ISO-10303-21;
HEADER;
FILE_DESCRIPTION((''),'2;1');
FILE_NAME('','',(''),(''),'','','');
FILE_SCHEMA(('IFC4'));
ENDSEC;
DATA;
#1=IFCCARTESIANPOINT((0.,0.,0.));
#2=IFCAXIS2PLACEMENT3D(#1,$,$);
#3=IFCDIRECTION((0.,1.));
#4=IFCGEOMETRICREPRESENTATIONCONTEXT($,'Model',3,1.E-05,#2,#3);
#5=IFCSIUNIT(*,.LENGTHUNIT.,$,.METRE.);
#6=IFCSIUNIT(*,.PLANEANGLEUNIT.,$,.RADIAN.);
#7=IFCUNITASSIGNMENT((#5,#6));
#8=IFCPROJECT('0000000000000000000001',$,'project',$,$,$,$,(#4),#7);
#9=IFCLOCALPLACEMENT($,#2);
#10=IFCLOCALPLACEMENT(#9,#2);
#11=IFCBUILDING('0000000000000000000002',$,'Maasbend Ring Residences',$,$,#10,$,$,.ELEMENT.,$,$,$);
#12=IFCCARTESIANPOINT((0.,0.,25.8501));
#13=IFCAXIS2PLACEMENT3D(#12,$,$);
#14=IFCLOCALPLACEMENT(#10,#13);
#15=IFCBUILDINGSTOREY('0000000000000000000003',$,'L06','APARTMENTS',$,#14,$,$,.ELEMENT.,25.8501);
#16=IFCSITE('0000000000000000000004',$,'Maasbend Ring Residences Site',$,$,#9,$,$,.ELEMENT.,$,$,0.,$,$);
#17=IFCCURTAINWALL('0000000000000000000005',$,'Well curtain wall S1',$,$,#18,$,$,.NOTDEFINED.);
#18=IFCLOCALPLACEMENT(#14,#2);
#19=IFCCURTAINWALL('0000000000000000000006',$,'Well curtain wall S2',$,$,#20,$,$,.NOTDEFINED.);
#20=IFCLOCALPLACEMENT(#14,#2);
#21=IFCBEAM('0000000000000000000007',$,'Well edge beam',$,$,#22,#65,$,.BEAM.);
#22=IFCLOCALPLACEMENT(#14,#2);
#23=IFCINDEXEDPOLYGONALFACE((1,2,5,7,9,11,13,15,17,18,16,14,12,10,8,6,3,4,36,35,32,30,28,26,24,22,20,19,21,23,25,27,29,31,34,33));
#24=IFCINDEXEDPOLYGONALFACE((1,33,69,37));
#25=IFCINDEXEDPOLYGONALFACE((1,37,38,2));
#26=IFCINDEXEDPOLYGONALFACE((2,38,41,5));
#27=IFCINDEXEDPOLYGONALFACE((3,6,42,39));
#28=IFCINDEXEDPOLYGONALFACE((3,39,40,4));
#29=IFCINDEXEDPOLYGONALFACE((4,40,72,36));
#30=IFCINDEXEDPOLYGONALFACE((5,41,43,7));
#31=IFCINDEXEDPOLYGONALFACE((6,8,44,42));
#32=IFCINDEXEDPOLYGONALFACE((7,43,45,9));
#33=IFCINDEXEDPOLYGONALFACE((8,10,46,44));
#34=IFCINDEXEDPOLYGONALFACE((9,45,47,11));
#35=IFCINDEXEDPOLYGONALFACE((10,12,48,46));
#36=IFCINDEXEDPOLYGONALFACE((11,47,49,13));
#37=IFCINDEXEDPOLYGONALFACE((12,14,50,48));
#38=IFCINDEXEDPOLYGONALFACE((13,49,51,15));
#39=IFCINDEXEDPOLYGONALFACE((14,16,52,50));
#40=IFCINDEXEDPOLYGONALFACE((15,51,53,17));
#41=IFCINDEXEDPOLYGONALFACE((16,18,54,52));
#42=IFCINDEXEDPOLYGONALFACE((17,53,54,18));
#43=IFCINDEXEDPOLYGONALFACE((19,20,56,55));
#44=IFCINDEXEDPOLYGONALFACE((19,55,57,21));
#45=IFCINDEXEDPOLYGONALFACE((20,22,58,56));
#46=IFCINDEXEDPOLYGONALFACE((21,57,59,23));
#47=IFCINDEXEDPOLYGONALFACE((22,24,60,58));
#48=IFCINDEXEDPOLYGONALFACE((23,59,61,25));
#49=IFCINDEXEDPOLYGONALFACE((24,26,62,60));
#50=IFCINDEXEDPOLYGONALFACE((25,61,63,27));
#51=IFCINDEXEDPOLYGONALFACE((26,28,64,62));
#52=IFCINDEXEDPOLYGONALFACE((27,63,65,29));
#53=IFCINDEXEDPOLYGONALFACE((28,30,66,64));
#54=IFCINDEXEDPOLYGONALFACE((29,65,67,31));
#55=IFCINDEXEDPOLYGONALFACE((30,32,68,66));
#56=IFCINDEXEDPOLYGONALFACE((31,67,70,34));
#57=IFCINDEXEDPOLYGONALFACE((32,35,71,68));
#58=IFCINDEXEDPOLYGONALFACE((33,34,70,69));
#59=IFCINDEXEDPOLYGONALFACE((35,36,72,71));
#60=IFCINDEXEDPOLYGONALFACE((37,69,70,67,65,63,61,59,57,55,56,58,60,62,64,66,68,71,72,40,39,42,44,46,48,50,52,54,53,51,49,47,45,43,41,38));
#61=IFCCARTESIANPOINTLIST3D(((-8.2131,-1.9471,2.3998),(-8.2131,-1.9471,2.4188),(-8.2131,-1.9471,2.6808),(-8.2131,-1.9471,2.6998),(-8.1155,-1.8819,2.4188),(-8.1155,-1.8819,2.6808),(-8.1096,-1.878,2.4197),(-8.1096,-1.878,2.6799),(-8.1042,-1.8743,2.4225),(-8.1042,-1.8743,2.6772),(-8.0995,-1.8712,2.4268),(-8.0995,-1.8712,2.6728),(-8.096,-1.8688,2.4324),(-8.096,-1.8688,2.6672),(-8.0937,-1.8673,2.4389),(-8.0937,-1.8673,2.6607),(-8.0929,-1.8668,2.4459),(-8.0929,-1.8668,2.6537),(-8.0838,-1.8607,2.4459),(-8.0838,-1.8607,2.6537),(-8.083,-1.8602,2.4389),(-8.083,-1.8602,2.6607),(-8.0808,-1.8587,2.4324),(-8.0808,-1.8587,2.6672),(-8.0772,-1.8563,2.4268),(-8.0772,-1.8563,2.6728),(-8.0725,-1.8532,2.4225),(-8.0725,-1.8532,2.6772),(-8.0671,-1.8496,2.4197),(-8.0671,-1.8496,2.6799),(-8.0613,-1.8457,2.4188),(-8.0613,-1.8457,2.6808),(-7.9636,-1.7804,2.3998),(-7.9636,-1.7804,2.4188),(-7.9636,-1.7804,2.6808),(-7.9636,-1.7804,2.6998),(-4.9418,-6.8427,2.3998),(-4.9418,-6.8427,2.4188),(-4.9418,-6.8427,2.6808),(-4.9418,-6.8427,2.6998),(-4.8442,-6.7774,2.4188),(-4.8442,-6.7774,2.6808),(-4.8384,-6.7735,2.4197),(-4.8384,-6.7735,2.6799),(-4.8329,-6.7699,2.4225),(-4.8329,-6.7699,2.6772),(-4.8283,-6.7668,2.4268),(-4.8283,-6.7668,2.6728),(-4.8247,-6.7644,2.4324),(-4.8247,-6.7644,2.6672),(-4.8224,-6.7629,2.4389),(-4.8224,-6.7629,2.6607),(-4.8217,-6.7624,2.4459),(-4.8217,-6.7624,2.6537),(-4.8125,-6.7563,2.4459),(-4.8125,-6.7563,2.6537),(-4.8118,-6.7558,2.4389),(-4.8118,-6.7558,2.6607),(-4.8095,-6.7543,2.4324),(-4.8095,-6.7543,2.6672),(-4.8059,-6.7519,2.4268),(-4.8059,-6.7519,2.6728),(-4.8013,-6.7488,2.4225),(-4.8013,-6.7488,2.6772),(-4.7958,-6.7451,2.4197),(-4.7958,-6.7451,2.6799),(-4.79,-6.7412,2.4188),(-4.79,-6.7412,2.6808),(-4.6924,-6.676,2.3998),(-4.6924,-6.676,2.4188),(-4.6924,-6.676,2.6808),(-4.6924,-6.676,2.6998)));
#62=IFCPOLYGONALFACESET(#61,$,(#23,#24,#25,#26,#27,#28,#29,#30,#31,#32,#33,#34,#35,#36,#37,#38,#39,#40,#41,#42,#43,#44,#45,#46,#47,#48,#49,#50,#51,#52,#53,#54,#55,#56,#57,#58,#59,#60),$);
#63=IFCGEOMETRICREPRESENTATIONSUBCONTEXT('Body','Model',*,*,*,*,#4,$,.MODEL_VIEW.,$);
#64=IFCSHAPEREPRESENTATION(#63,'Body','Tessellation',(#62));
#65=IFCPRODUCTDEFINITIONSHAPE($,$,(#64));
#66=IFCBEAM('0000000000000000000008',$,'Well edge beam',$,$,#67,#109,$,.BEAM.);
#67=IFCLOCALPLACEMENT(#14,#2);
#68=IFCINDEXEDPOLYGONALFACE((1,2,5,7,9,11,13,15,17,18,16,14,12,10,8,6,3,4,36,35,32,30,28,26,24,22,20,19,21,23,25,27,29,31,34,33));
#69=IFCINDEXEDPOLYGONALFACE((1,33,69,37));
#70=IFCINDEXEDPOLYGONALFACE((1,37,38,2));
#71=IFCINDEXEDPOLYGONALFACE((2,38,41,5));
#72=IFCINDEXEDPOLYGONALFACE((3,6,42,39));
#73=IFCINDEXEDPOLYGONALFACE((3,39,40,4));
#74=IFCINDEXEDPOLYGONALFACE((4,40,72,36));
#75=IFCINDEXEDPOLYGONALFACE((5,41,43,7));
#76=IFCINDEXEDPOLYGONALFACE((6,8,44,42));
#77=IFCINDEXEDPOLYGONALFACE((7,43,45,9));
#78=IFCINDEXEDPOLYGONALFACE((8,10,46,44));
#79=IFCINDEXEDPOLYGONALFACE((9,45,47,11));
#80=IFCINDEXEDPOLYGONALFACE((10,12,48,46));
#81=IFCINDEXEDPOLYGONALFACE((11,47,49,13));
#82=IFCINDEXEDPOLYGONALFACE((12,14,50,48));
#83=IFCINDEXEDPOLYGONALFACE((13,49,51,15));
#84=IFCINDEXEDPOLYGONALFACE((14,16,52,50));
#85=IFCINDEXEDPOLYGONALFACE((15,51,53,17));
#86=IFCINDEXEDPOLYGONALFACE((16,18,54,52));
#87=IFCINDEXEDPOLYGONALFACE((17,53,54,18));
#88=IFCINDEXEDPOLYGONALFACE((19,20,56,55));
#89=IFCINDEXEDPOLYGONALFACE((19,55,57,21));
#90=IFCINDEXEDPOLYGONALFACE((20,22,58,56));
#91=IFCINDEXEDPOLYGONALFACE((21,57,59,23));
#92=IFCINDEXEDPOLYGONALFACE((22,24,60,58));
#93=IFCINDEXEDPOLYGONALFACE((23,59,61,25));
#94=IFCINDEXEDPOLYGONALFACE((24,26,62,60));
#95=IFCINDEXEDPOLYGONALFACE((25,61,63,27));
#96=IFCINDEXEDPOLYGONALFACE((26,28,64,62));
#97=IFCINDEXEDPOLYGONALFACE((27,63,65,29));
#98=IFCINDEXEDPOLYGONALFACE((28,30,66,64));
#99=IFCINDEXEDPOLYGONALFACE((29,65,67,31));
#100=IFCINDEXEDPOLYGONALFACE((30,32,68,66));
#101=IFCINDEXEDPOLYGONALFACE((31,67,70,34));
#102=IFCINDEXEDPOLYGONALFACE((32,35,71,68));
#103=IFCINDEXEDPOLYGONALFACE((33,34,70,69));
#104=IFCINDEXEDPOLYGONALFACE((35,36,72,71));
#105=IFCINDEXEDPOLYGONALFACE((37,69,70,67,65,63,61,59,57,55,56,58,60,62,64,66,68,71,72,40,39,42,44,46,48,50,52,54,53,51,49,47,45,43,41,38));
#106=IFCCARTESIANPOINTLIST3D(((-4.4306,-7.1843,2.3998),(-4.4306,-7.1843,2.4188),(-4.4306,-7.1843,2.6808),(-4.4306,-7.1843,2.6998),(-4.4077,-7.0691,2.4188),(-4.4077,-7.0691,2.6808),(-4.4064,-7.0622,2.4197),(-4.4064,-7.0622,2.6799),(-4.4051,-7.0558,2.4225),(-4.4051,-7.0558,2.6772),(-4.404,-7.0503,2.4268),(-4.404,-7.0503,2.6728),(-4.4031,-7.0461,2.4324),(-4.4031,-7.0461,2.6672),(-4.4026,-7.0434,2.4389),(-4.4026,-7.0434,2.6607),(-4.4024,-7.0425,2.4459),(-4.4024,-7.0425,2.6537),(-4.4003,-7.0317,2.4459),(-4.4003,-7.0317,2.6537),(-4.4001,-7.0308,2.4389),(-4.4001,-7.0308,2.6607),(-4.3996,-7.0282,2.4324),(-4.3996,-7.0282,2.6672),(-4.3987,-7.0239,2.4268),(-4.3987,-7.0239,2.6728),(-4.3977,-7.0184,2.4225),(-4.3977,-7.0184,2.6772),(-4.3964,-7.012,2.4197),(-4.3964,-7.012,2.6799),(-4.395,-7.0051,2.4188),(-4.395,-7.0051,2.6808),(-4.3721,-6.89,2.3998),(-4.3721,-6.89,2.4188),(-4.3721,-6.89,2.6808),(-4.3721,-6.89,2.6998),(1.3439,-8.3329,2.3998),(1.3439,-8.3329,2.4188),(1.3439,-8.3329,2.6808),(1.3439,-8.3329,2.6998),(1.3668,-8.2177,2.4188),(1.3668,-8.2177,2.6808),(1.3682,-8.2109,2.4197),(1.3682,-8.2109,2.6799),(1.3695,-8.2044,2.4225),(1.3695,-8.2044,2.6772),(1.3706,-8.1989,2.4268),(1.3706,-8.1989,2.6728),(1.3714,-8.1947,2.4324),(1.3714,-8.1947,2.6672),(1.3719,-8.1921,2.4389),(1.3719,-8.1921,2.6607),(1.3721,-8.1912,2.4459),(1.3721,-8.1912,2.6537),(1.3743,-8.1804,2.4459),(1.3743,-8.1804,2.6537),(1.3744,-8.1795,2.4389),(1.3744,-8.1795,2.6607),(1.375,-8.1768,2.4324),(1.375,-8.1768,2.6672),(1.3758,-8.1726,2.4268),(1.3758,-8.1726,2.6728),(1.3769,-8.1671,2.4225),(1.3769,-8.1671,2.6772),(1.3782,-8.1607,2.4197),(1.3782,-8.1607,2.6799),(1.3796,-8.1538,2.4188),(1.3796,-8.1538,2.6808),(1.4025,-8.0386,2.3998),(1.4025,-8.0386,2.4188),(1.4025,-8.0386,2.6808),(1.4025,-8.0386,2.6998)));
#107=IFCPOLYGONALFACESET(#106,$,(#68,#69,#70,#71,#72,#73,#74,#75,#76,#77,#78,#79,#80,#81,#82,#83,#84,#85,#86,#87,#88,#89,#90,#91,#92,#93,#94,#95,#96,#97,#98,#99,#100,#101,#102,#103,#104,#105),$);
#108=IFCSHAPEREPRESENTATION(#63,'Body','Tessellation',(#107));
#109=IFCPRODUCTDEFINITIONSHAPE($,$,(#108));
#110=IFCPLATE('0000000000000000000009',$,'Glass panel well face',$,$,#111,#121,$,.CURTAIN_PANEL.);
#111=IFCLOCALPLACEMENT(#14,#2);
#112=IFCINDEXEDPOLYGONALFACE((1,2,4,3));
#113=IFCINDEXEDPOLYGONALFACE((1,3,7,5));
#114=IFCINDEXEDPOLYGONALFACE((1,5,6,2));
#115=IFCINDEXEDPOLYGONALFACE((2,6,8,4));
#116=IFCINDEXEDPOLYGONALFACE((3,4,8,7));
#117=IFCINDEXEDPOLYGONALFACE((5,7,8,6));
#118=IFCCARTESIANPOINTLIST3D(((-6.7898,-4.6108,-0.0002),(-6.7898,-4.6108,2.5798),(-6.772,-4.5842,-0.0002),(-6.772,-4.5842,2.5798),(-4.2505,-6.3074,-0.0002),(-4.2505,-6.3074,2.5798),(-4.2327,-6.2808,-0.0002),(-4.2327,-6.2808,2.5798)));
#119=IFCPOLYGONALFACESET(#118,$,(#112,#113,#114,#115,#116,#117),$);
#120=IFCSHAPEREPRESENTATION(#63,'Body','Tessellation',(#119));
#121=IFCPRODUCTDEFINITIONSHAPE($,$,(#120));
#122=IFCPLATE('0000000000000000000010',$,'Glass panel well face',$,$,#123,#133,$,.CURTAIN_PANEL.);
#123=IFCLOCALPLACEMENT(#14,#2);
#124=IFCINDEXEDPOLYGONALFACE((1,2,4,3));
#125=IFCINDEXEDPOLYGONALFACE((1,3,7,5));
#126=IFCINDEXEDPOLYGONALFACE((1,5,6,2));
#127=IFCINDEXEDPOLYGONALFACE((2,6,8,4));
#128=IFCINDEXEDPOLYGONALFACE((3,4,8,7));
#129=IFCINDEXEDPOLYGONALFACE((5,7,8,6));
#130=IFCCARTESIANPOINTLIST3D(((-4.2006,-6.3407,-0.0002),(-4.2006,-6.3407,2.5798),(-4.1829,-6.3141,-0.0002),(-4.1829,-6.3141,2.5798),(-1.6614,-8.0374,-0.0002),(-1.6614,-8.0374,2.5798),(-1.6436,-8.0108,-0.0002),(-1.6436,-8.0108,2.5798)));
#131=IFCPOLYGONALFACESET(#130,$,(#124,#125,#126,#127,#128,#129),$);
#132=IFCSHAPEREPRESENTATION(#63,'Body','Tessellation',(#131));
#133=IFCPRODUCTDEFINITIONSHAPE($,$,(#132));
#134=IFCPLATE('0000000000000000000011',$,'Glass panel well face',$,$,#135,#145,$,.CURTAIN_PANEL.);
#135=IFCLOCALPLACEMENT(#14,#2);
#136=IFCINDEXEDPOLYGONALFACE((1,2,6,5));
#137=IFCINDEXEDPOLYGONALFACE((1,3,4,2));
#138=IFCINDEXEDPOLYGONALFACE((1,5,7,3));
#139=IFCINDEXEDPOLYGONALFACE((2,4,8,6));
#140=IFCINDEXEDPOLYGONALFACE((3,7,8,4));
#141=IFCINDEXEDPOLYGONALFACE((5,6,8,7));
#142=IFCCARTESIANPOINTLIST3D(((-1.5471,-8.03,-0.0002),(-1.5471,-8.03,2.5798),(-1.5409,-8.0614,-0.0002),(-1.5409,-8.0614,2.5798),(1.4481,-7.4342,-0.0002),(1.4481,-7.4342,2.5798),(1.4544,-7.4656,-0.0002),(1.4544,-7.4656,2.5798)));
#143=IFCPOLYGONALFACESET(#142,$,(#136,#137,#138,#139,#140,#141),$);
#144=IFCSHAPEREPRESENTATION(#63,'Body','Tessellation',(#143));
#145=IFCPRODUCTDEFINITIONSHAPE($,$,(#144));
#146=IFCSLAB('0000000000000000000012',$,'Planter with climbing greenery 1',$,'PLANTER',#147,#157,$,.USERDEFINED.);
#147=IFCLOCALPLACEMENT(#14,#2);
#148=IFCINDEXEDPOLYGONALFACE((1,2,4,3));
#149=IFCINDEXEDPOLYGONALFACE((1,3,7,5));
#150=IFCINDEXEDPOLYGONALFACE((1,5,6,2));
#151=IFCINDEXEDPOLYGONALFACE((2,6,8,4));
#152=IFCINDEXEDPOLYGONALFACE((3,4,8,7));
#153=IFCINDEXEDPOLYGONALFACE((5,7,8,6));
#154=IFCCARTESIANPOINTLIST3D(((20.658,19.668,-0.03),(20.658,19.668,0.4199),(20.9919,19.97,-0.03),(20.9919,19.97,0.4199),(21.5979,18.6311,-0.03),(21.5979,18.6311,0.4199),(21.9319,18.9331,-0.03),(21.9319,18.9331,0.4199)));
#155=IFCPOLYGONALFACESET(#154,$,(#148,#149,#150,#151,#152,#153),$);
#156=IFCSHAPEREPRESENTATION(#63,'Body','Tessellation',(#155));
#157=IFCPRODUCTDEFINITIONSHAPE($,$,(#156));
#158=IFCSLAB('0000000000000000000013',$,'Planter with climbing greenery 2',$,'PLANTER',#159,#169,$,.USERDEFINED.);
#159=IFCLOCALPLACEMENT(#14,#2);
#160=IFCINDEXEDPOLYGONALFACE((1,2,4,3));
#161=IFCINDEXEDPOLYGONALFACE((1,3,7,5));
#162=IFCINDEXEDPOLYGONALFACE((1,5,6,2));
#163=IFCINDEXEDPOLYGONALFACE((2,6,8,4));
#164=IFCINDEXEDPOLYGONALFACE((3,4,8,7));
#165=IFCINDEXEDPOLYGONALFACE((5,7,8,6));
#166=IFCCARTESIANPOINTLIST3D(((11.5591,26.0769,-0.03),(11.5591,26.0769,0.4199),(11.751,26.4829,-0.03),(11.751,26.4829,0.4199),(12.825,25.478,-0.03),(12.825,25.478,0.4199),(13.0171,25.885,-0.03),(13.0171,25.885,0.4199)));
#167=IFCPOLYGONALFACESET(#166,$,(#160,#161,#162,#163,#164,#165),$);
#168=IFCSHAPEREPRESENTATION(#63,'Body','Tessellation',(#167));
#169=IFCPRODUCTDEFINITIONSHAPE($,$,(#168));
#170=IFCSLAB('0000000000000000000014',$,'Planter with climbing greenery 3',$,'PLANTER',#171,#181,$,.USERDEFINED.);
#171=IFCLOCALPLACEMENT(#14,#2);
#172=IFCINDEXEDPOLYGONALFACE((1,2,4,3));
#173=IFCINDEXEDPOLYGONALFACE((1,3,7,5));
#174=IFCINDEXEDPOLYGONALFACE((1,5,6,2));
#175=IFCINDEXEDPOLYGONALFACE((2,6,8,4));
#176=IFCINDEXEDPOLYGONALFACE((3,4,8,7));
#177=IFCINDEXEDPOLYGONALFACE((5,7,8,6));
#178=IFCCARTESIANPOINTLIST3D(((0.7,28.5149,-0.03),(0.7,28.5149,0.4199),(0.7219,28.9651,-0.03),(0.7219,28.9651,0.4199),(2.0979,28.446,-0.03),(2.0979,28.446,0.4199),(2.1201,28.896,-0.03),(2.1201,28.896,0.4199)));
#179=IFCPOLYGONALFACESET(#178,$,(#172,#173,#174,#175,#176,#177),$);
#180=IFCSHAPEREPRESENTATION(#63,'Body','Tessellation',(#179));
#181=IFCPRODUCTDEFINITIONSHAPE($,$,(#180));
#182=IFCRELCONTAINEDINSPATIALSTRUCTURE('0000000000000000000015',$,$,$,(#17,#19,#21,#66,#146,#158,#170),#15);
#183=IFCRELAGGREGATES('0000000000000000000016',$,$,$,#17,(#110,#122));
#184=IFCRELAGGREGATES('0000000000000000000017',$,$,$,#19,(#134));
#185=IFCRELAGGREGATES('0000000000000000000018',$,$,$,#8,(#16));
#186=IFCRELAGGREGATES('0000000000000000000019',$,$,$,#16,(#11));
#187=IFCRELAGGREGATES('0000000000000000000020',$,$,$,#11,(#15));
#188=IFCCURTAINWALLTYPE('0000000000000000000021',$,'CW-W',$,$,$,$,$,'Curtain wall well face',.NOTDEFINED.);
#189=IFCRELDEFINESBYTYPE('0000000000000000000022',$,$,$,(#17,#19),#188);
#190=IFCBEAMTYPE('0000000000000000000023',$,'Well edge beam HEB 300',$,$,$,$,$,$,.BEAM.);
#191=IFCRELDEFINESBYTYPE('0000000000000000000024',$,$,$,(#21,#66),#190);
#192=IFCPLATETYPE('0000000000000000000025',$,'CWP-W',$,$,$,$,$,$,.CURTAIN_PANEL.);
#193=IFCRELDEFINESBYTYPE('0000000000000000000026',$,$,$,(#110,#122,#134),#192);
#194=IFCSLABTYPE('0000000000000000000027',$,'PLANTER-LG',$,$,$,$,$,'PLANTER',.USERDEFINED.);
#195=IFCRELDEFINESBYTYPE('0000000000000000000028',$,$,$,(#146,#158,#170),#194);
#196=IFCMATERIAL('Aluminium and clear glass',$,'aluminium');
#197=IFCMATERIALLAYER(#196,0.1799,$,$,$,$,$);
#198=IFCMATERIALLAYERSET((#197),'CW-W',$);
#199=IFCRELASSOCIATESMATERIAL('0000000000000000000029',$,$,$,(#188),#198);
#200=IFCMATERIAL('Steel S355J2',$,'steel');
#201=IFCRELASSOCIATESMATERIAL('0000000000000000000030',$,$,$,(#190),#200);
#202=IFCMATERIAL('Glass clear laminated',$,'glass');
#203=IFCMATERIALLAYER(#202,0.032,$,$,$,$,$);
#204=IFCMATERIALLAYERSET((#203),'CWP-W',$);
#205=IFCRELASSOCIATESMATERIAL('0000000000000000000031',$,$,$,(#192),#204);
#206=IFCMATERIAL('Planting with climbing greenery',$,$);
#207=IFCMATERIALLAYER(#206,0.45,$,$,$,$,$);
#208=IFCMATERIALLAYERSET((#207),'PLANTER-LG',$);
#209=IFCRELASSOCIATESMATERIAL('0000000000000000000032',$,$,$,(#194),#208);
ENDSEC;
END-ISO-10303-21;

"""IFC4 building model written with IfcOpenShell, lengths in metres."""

from ifc_helpers import new_model, si_unit, direction, frame, origin, origin_2d, place, context, subcontext, project, spatial, polyline, rectangle, i_section, outline, extrude, material, layer, layer_set, material_profile, profile_set, type_object, element, aggregate, save


model = new_model("IFC4")

# Units and contexts
model_context = context("Model", 3, precision=1e-05, world=origin(), true_north=direction((0.0, 1.0)))
body_context = subcontext(model_context, "Body", "Model", "MODEL_VIEW")
ifc_project = project(units=[si_unit("LENGTHUNIT", "METRE"), si_unit("PLANEANGLEUNIT", "RADIAN")], contexts=[model_context])

# Site, building, storey
site_placement = place(None, origin())
site = spatial("IfcSite", under=ifc_project, at=site_placement, Name="Maasbend Ring Residences Site", CompositionType="ELEMENT", RefElevation=0.0)
building_placement = place(site_placement, origin())
building = spatial("IfcBuilding", under=site, at=building_placement, Name="Maasbend Ring Residences", CompositionType="ELEMENT")
storey_placement = place(building_placement, frame((0.0, 0.0, 25.8501)))
storey = spatial("IfcBuildingStorey", under=building, at=storey_placement, Name="L06", Description="APARTMENTS", CompositionType="ELEMENT", Elevation=25.8501)

# Curtain wall
ifc_material_1 = material(Name="Aluminium and clear glass", Category="aluminium")
ifc_layer_1 = layer(ifc_material_1, 0.1799)
ifc_layer_set_1 = layer_set([ifc_layer_1], Name="CW-W")
curtain_wall_type = type_object("IfcCurtainWallType", Name="CW-W", ElementType="Curtain wall well face", PredefinedType="NOTDEFINED", material=ifc_layer_set_1)
curtain_wall_1_placement = place(storey_placement, origin())
curtain_wall_1 = element("IfcCurtainWall", 1, at=curtain_wall_1_placement, inside=storey, type_object=curtain_wall_type, Name="Well curtain wall S1", PredefinedType="NOTDEFINED")

# Curtain wall
curtain_wall_2_placement = place(storey_placement, origin())
curtain_wall_2 = element("IfcCurtainWall", 2, at=curtain_wall_2_placement, inside=storey, type_object=curtain_wall_type, Name="Well curtain wall S2", PredefinedType="NOTDEFINED")

# Beams
ifc_material_2 = material(Name="Steel S355J2", Category="steel")
ifc_material_profile_1 = material_profile(ifc_material_2, i_section(OverallWidth=0.3, OverallDepth=0.3, WebThickness=0.011, FlangeThickness=0.019, FilletRadius=0.0271, at=origin_2d()), Name="HEB 300")
ifc_profile_set_1 = profile_set([ifc_material_profile_1], Name="Steel S355J2")
beam_type = type_object("IfcBeamType", Name="Well edge beam HEB 300", PredefinedType="BEAM", material=ifc_profile_set_1)
beam_1_placement = place(storey_placement, frame((-8.0884, -1.8638, 2.5498), z_axis=(0.55559, -0.831457, 0.0), x_axis=(0.831457, 0.55559, 0.0)))
element("IfcBeam", 3, at=beam_1_placement, inside=storey, type_object=beam_type, Name="Well edge beam", PredefinedType="BEAM", context=body_context, shape_type="SweptSolid", body=[
    extrude(i_section(OverallWidth=0.3, OverallDepth=0.3, WebThickness=0.011, FlangeThickness=0.019, FilletRadius=0.0271, at=origin_2d()), origin(), (0.0, 0.0, 1.0), 5.8879),
])
beam_2_placement = place(storey_placement, frame((-4.4014, -7.0371, 2.5498), z_axis=(0.980784, -0.195095, 0.0), x_axis=(0.195095, 0.980784, 0.0)))
element("IfcBeam", 4, at=beam_2_placement, inside=storey, type_object=beam_type, Name="Well edge beam", PredefinedType="BEAM", context=body_context, shape_type="SweptSolid", body=[
    extrude(i_section(OverallWidth=0.3, OverallDepth=0.3, WebThickness=0.011, FlangeThickness=0.019, FilletRadius=0.0271, at=origin_2d()), origin(), (0.0, 0.0, 1.0), 5.8877),
])

# Plates
ifc_material_3 = material(Name="Glass clear laminated", Category="glass")
ifc_layer_2 = layer(ifc_material_3, 0.032)
ifc_layer_set_2 = layer_set([ifc_layer_2], Name="CWP-W")
plate_type = type_object("IfcPlateType", Name="CWP-W", PredefinedType="CURTAIN_PANEL", material=ifc_layer_set_2)
plate_1_placement = place(storey_placement, frame((-5.5112, -5.4458, -0.0002), z_axis=(0.0, 0.0, 1.0), x_axis=(0.83147, -0.55557, 0.0)))
plate_1 = element("IfcPlate", 5, at=plate_1_placement, type_object=plate_type, Name="Glass panel well face", PredefinedType="CURTAIN_PANEL", context=body_context, shape_type="SweptSolid", body=[
    extrude(rectangle(XDim=3.054, YDim=0.032, at=origin_2d()), origin(), (0.0, 0.0, 1.0), 2.5801),
])
plate_2_placement = place(storey_placement, frame((-2.9221, -7.1758, -0.0002), z_axis=(0.0, 0.0, 1.0), x_axis=(0.83147, -0.55557, 0.0)))
plate_2 = element("IfcPlate", 6, at=plate_2_placement, type_object=plate_type, Name="Glass panel well face", PredefinedType="CURTAIN_PANEL", context=body_context, shape_type="SweptSolid", body=[
    extrude(rectangle(XDim=3.054, YDim=0.032, at=origin_2d()), origin(), (0.0, 0.0, 1.0), 2.5801),
])
aggregate(curtain_wall_1, [plate_1, plate_2])
plate_3_placement = place(storey_placement, frame((-0.0464, -7.7478, -0.0002), z_axis=(0.0, 0.0, 1.0), x_axis=(0.980785, 0.19509, 0.0)))
plate_3 = element("IfcPlate", 7, at=plate_3_placement, type_object=plate_type, Name="Glass panel well face", PredefinedType="CURTAIN_PANEL", context=body_context, shape_type="SweptSolid", body=[
    extrude(rectangle(XDim=3.054, YDim=0.032, at=origin_2d()), origin(), (0.0, 0.0, 1.0), 2.5801),
])
aggregate(curtain_wall_2, [plate_3])

# Slabs
ifc_material_4 = material(Name="Planting with climbing greenery")
ifc_layer_3 = layer(ifc_material_4, 0.45)
ifc_layer_set_3 = layer_set([ifc_layer_3], Name="PLANTER-LG")
slab_type_1 = type_object("IfcSlabType", Name="PLANTER-LG", ElementType="PLANTER", PredefinedType="USERDEFINED", material=ifc_layer_set_3)
slab_1_placement = place(storey_placement, frame((0.0, 0.0, -0.03)))
element("IfcSlab", 8, at=slab_1_placement, inside=storey, type_object=slab_type_1, Name="Planter with climbing greenery 1", ObjectType="PLANTER", PredefinedType="USERDEFINED", context=body_context, shape_type="SweptSolid", body=[
    extrude(outline(polyline([(21.9319, 18.9331), (20.9919, 19.97), (20.658, 19.668), (21.5979, 18.6311), (21.9319, 18.9331)])), origin(), (0.0, 0.0, 1.0), 0.45),
])
slab_2_placement = place(storey_placement, frame((0.0, 0.0, -0.03)))
element("IfcSlab", 9, at=slab_2_placement, inside=storey, type_object=slab_type_1, Name="Planter with climbing greenery 2", ObjectType="PLANTER", PredefinedType="USERDEFINED", context=body_context, shape_type="SweptSolid", body=[
    extrude(outline(polyline([(13.0171, 25.885), (11.751, 26.4829), (11.5591, 26.0769), (12.825, 25.478), (13.0171, 25.885)])), origin(), (0.0, 0.0, 1.0), 0.45),
])
slab_3_placement = place(storey_placement, frame((0.0, 0.0, -0.03)))
element("IfcSlab", 10, at=slab_3_placement, inside=storey, type_object=slab_type_1, Name="Planter with climbing greenery 3", ObjectType="PLANTER", PredefinedType="USERDEFINED", context=body_context, shape_type="SweptSolid", body=[
    extrude(outline(polyline([(2.1201, 28.896), (0.7219, 28.9651), (0.7, 28.5149), (2.0979, 28.446), (2.1201, 28.896)])), origin(), (0.0, 0.0, 1.0), 0.45),
])

save(model, "model.ifc")
